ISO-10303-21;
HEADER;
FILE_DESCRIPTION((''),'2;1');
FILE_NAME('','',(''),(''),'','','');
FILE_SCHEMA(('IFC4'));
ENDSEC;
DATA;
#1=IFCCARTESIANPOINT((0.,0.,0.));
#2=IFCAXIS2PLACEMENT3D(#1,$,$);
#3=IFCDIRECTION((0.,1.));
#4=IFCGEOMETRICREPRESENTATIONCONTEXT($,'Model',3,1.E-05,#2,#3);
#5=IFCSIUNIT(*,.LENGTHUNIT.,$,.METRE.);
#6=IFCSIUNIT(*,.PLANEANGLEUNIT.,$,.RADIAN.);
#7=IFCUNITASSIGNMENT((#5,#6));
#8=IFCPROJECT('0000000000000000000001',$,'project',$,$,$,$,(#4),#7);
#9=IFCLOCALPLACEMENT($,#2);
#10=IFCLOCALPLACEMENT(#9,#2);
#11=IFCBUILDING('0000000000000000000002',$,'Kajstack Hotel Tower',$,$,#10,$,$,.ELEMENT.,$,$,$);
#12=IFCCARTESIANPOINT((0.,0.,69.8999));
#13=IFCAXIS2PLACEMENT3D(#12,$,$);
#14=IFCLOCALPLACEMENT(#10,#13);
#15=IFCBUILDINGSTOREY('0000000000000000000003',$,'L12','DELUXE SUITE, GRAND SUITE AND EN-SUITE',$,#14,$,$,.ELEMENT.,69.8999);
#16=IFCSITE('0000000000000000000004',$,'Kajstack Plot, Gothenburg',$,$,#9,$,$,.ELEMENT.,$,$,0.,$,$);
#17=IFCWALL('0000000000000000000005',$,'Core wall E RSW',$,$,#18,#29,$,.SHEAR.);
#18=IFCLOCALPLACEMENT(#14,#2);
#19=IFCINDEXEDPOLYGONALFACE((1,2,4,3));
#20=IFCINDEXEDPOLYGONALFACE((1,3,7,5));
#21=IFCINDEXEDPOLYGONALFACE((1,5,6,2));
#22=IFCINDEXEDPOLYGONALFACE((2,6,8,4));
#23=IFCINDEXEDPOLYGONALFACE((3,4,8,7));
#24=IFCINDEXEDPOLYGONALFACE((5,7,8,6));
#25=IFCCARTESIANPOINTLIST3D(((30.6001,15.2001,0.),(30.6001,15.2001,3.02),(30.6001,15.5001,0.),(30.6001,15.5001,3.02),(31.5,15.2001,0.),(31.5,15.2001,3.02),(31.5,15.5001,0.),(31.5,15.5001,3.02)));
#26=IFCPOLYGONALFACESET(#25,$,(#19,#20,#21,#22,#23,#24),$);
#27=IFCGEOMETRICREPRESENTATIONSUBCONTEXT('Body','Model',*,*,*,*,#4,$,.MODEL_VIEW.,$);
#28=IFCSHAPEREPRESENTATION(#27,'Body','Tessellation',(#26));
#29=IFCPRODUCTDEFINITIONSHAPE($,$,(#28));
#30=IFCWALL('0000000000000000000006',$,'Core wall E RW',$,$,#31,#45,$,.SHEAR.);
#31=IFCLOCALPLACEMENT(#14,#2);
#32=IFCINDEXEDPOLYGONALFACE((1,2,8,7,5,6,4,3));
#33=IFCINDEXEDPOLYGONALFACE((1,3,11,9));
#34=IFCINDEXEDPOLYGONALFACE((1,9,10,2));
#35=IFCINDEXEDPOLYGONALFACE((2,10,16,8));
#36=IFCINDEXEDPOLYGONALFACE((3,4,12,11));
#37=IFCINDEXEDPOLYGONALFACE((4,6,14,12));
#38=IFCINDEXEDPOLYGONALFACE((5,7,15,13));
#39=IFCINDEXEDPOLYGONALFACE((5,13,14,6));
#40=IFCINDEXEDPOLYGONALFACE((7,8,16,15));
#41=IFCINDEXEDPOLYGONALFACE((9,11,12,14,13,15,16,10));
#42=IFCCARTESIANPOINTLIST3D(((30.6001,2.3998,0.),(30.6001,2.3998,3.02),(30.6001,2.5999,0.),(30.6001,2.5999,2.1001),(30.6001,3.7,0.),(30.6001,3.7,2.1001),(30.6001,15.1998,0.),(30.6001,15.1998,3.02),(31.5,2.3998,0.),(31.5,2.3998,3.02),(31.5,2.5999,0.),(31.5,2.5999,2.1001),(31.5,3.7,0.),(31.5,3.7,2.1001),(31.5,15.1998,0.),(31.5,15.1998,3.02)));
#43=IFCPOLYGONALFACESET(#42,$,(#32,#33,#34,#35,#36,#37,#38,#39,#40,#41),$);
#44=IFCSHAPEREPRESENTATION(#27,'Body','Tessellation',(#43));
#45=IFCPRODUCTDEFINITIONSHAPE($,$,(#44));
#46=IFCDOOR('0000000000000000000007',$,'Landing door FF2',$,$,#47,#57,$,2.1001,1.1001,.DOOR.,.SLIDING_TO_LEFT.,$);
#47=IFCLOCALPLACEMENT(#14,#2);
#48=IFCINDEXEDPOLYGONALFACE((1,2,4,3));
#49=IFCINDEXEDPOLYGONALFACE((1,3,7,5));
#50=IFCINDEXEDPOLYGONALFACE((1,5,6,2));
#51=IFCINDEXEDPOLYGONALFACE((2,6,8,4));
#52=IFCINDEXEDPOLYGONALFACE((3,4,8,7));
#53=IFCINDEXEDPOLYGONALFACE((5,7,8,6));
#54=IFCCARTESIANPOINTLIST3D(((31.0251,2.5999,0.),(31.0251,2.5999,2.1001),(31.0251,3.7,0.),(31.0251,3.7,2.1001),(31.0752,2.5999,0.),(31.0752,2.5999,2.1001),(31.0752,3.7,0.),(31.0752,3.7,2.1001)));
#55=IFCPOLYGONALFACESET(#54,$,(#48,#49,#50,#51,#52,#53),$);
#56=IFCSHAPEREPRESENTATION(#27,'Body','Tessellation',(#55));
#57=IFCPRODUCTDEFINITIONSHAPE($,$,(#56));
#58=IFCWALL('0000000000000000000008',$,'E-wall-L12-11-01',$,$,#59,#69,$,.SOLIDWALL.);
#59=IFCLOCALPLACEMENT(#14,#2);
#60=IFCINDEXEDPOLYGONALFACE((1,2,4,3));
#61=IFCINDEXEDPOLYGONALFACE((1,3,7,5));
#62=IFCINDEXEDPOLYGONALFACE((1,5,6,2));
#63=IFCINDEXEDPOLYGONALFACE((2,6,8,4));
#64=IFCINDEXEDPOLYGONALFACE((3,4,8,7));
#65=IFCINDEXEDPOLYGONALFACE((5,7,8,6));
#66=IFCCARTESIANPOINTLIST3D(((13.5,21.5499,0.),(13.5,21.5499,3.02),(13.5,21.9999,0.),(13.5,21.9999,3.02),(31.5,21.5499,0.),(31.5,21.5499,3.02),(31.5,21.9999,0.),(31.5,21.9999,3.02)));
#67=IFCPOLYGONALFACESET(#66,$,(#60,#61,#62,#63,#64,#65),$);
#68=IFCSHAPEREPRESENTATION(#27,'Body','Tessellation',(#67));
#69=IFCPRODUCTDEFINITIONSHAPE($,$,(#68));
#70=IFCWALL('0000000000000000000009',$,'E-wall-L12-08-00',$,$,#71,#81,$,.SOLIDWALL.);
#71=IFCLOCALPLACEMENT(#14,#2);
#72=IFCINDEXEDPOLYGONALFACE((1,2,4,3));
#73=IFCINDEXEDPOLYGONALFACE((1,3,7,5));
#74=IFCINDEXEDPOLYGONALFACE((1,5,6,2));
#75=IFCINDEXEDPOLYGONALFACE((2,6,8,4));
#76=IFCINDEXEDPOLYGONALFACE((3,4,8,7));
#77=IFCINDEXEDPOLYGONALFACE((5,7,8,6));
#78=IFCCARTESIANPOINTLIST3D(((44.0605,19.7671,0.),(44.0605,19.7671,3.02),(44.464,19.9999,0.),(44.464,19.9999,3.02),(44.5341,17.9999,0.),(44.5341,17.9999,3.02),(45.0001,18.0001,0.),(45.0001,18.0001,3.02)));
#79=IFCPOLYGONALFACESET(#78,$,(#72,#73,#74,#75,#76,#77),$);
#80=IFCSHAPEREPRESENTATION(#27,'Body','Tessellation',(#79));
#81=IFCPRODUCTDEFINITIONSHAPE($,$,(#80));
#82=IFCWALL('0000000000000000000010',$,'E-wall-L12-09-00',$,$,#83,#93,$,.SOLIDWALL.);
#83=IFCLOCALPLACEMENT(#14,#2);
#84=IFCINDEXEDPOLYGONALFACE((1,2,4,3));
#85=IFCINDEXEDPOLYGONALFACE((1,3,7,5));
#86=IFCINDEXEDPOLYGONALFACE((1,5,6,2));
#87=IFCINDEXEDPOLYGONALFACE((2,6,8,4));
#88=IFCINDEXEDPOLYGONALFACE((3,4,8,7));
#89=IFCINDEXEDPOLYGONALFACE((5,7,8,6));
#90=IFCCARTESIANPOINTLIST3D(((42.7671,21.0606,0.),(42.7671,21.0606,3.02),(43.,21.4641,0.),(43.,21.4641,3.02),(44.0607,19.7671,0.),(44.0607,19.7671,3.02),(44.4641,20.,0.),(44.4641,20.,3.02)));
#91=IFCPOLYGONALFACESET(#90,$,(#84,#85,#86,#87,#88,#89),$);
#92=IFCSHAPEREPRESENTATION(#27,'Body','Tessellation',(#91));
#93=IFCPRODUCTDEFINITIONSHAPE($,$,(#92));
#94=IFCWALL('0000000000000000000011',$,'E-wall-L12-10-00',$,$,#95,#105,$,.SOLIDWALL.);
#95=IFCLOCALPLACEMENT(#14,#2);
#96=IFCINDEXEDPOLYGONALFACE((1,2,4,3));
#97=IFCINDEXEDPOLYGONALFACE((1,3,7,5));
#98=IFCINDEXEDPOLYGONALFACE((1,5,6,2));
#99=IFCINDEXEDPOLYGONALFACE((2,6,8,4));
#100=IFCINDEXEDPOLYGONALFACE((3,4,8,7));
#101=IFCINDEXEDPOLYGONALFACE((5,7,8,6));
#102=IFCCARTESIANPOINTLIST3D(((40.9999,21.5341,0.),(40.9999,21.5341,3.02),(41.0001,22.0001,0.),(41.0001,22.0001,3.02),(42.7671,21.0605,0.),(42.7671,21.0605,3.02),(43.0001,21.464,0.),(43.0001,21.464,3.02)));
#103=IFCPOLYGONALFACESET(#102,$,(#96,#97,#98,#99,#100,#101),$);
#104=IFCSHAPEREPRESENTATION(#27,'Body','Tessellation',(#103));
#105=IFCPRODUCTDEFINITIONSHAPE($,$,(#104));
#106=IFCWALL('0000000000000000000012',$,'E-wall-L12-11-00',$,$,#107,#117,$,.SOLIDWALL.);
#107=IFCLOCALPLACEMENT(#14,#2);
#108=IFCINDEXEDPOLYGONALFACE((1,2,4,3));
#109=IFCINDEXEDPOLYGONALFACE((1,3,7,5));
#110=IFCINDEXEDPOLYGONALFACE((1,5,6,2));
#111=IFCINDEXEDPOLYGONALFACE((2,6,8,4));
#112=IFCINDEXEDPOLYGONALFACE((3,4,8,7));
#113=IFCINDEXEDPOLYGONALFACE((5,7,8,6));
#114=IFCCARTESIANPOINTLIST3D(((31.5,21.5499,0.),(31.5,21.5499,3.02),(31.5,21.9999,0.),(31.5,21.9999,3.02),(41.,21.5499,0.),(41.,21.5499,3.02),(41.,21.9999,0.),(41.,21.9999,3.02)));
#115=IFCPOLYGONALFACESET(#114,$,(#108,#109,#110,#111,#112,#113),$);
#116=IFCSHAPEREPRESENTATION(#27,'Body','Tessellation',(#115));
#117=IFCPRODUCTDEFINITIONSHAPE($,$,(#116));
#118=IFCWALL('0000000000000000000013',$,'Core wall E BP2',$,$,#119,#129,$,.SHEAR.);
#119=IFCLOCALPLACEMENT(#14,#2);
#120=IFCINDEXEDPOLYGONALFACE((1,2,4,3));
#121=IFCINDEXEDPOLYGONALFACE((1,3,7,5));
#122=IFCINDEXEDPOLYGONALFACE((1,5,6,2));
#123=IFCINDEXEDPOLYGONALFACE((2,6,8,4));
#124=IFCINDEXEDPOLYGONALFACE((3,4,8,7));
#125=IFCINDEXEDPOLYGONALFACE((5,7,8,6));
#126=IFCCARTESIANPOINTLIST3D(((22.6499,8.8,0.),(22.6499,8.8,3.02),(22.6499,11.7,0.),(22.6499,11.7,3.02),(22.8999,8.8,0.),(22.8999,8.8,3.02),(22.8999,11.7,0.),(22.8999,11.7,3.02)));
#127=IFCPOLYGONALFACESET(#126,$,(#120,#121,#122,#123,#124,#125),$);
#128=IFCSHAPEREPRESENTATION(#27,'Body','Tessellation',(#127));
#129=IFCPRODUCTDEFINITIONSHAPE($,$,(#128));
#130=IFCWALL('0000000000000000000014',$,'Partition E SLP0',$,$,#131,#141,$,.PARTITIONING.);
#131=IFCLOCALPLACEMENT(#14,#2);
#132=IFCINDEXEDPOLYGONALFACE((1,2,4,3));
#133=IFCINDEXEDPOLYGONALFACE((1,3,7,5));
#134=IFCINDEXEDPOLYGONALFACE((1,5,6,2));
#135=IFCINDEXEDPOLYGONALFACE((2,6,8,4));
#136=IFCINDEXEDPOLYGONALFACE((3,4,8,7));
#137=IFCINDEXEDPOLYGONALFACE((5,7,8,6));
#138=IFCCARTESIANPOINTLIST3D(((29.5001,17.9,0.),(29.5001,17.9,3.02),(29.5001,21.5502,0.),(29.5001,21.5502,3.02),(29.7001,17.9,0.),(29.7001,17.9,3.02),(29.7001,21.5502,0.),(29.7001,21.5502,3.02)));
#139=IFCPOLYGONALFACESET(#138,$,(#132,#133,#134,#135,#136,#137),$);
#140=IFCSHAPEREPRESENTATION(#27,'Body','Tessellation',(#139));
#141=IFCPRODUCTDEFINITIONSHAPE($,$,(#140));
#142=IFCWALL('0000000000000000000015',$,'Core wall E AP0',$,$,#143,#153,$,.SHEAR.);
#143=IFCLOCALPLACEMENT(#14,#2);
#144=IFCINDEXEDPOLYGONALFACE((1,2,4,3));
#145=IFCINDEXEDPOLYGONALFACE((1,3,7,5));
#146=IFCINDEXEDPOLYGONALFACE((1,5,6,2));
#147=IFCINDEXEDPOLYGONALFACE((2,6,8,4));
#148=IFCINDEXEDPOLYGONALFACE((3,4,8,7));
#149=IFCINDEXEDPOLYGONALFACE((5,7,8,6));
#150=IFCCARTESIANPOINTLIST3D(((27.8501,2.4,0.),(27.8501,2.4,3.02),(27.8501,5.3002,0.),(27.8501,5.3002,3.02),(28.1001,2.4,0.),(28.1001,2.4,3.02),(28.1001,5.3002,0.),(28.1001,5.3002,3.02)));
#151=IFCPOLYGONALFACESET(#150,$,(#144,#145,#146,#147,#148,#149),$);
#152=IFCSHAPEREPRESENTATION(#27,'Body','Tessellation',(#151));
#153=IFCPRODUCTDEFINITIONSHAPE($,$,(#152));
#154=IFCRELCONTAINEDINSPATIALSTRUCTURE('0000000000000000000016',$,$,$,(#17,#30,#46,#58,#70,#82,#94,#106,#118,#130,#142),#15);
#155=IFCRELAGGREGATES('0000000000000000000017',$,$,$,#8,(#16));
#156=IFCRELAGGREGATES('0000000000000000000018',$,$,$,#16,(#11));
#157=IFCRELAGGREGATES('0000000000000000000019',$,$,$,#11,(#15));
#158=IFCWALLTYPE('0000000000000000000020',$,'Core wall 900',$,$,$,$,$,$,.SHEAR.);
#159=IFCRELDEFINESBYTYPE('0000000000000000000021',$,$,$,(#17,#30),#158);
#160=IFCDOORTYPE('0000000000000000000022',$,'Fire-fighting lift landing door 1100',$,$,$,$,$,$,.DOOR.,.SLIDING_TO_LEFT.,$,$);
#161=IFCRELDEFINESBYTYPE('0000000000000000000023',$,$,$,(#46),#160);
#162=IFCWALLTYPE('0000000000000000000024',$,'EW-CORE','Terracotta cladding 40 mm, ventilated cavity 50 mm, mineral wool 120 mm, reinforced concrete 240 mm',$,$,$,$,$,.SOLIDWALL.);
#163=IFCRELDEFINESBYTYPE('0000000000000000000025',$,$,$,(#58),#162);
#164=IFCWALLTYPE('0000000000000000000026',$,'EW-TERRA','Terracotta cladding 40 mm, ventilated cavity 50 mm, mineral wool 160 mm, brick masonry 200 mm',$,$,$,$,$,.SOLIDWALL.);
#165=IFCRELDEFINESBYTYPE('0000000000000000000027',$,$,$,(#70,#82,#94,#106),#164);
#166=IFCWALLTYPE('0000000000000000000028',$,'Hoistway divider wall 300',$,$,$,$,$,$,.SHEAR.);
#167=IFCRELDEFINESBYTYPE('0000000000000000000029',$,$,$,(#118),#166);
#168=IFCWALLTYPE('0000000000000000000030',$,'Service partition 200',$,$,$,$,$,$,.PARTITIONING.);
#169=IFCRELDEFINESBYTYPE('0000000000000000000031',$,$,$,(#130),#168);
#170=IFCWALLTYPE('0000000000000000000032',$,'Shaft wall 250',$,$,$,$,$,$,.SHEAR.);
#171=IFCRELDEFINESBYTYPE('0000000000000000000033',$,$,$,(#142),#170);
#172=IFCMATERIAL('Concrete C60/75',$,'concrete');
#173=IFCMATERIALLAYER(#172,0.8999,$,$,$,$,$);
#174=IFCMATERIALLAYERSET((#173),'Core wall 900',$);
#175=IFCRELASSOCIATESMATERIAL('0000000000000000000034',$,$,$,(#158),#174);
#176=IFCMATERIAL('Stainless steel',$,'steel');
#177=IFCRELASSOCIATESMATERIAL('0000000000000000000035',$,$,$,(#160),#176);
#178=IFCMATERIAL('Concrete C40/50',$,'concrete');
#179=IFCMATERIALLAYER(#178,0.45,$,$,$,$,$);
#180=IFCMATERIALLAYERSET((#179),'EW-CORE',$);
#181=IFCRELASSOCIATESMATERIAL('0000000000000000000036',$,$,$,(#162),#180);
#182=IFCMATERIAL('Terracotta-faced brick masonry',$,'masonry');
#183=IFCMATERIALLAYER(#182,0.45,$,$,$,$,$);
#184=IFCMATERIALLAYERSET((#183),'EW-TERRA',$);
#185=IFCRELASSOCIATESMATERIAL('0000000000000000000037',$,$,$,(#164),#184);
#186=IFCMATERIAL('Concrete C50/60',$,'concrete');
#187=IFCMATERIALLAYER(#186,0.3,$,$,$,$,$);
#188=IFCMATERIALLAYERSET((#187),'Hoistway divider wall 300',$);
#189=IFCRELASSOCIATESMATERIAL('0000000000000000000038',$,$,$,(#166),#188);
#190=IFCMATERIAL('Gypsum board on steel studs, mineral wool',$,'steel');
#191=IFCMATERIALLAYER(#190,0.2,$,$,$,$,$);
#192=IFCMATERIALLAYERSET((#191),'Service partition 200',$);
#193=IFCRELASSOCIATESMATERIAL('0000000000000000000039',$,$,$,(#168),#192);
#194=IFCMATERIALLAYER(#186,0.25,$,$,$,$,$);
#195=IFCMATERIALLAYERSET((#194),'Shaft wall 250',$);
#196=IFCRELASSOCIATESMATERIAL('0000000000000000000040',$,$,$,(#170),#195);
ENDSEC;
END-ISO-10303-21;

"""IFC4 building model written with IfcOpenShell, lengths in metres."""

from ifc_helpers import new_model, si_unit, direction, frame, frame_2d, origin, place, context, subcontext, project, spatial, polyline, rectangle, outline, extrude, material, layer, layer_set, type_object, element, fill, save


model = new_model("IFC4")

# Units and contexts
model_context = context("Model", 3, precision=1e-05, world=origin(), true_north=direction((0.0, 1.0)))
body_context = subcontext(model_context, "Body", "Model", "MODEL_VIEW")
ifc_project = project(units=[si_unit("LENGTHUNIT", "METRE"), si_unit("PLANEANGLEUNIT", "RADIAN")], contexts=[model_context])

# Site, building, storey
site_placement = place(None, origin())
site = spatial("IfcSite", under=ifc_project, at=site_placement, Name="Kajstack Plot, Gothenburg", CompositionType="ELEMENT", RefElevation=0.0)
building_placement = place(site_placement, origin())
building = spatial("IfcBuilding", under=site, at=building_placement, Name="Kajstack Hotel Tower", CompositionType="ELEMENT")
storey_placement = place(building_placement, frame((0.0, 0.0, 69.8999)))
storey = spatial("IfcBuildingStorey", under=building, at=storey_placement, Name="L12", Description="DELUXE SUITE, GRAND SUITE AND EN-SUITE", CompositionType="ELEMENT", Elevation=69.8999)

# Wall
ifc_material_1 = material(Name="Concrete C60/75", Category="concrete")
ifc_layer_1 = layer(ifc_material_1, 0.8999)
ifc_layer_set_1 = layer_set([ifc_layer_1], Name="Core wall 900")
wall_type_1 = type_object("IfcWallType", Name="Core wall 900", PredefinedType="SHEAR", material=ifc_layer_set_1)
wall_1_placement = place(storey_placement, frame((30.6001, 15.3501, 0.0), z_axis=(0.0, 0.0, 1.0), x_axis=(1.0, 0.0, 0.0)))
element("IfcWall", 1, at=wall_1_placement, inside=storey, type_object=wall_type_1, Name="Core wall E RSW", PredefinedType="SHEAR", context=body_context, shape_type="SweptSolid", body=[
    extrude(rectangle(XDim=0.8999, YDim=0.3, at=frame_2d((0.45, 0.0))), origin(), (0.0, 0.0, 1.0), 3.02),
])

# Wall, opening, door
wall_2_placement = place(storey_placement, frame((31.05, 2.3999, 0.0), z_axis=(0.0, 0.0, 1.0), x_axis=(0.0, 1.0, 0.0)))
wall_2 = element("IfcWall", 2, at=wall_2_placement, inside=storey, type_object=wall_type_1, Name="Core wall E RW", PredefinedType="SHEAR", context=body_context, shape_type="SweptSolid", body=[
    extrude(rectangle(XDim=12.8, YDim=0.8999, at=frame_2d((6.3999, 0.0))), origin(), (0.0, 0.0, 1.0), 3.02),
])
opening_1_placement = place(wall_2_placement, frame((0.2, 0.0, 0.0)))
opening_1 = element("IfcOpeningElement", 3, at=opening_1_placement, cuts=wall_2, PredefinedType="OPENING", context=body_context, shape_type="SweptSolid", body=[
    extrude(rectangle(XDim=1.1001, YDim=2.1001, at=frame_2d((0.55, 1.05))), frame((0.0, 0.46, 0.0), z_axis=(0.0, -1.0, 0.0), x_axis=(1.0, 0.0, 0.0)), (0.0, 0.0, 1.0), 0.9199),
])
ifc_material_2 = material(Name="Stainless steel", Category="steel")
door_type_1 = type_object("IfcDoorType", Name="Fire-fighting lift landing door 1100", OperationType="SLIDING_TO_LEFT", PredefinedType="DOOR", material=ifc_material_2)
door_1_placement = place(opening_1_placement, origin())
door_1 = element("IfcDoor", 4, at=door_1_placement, inside=storey, type_object=door_type_1, Name="Landing door FF2", OperationType="SLIDING_TO_LEFT", OverallHeight=2.1001, OverallWidth=1.1001, PredefinedType="DOOR", context=body_context, shape_type="SweptSolid", body=[
    extrude(rectangle(XDim=1.1001, YDim=2.1001, at=frame_2d((0.55, 1.05))), frame((0.0, 0.0249, 0.0), z_axis=(0.0, -1.0, 0.0), x_axis=(1.0, 0.0, 0.0)), (0.0, 0.0, 1.0), 0.05),
])
fill(opening_1, door_1)

# Walls
ifc_material_3 = material(Name="Concrete C40/50", Category="concrete")
ifc_layer_2 = layer(ifc_material_3, 0.45)
ifc_layer_set_2 = layer_set([ifc_layer_2], Name="EW-CORE")
wall_type_2 = type_object("IfcWallType", Name="EW-CORE", Description="Terracotta cladding 40 mm, ventilated cavity 50 mm, mineral wool 120 mm, reinforced concrete 240 mm", PredefinedType="SOLIDWALL", material=ifc_layer_set_2)
wall_3_placement = place(storey_placement, frame((31.5, 21.7749, 0.0), z_axis=(0.0, 0.0, 1.0), x_axis=(-1.0, 0.0, 0.0)))
element("IfcWall", 5, at=wall_3_placement, inside=storey, type_object=wall_type_2, Name="E-wall-L12-11-01", PredefinedType="SOLIDWALL", context=body_context, shape_type="SweptSolid", body=[
    extrude(rectangle(XDim=18.0, YDim=0.45, at=frame_2d((9.0, 0.0))), origin(), (0.0, 0.0, 1.0), 3.02),
])
ifc_material_4 = material(Name="Terracotta-faced brick masonry", Category="masonry")
ifc_layer_3 = layer(ifc_material_4, 0.45)
ifc_layer_set_3 = layer_set([ifc_layer_3], Name="EW-TERRA")
wall_type_3 = type_object("IfcWallType", Name="EW-TERRA", Description="Terracotta cladding 40 mm, ventilated cavity 50 mm, mineral wool 160 mm, brick masonry 200 mm", PredefinedType="SOLIDWALL", material=ifc_layer_set_3)
wall_4_placement = place(storey_placement, frame((44.7827, 17.9417, 0.0), z_axis=(0.0, 0.0, 1.0), x_axis=(-0.258815, 0.965927, 0.0)))
element("IfcWall", 6, at=wall_4_placement, inside=storey, type_object=wall_type_3, Name="E-wall-L12-08-00", PredefinedType="SOLIDWALL", context=body_context, shape_type="SweptSolid", body=[
    extrude(outline(polyline([(0.0002, -0.2251), (2.0706, -0.2249), (1.9502, 0.2251), (0.1206, 0.2251), (0.0002, -0.2251)])), origin(), (0.0, 0.0, 1.0), 3.02),
])
wall_5_placement = place(storey_placement, frame((44.3049, 19.8408, 0.0), z_axis=(0.0, 0.0, 1.0), x_axis=(-0.707107, 0.707107, 0.0)))
element("IfcWall", 7, at=wall_5_placement, inside=storey, type_object=wall_type_3, Name="E-wall-L12-09-00", PredefinedType="SOLIDWALL", context=body_context, shape_type="SweptSolid", body=[
    extrude(outline(polyline([(0.0, -0.2251), (2.0706, -0.2251), (1.95, 0.2249), (0.1206, 0.2249), (0.0, -0.2251)])), origin(), (0.0, 0.0, 1.0), 3.02),
])
wall_6_placement = place(storey_placement, frame((42.9417, 21.2468, 0.0), z_axis=(0.0, 0.0, 1.0), x_axis=(-0.965927, 0.258815, 0.0)))
element("IfcWall", 8, at=wall_6_placement, inside=storey, type_object=wall_type_3, Name="E-wall-L12-10-00", PredefinedType="SOLIDWALL", context=body_context, shape_type="SweptSolid", body=[
    extrude(outline(polyline([(-0.0002, -0.2249), (2.0703, -0.2251), (1.95, 0.2251), (0.1204, 0.2251), (-0.0002, -0.2249)])), origin(), (0.0, 0.0, 1.0), 3.02),
])
wall_7_placement = place(storey_placement, frame((41.0, 21.7749, 0.0), z_axis=(0.0, 0.0, 1.0), x_axis=(-1.0, 0.0, 0.0)))
element("IfcWall", 9, at=wall_7_placement, inside=storey, type_object=wall_type_3, Name="E-wall-L12-11-00", PredefinedType="SOLIDWALL", context=body_context, shape_type="SweptSolid", body=[
    extrude(rectangle(XDim=9.5, YDim=0.45, at=frame_2d((4.75, 0.0))), origin(), (0.0, 0.0, 1.0), 3.02),
])
ifc_material_5 = material(Name="Concrete C50/60", Category="concrete")
ifc_layer_4 = layer(ifc_material_5, 0.3)
ifc_layer_set_4 = layer_set([ifc_layer_4], Name="Hoistway divider wall 300")
wall_type_4 = type_object("IfcWallType", Name="Hoistway divider wall 300", PredefinedType="SHEAR", material=ifc_layer_set_4)
wall_8_placement = place(storey_placement, frame((22.7749, 8.8, 0.0), z_axis=(0.0, 0.0, 1.0), x_axis=(0.0, 1.0, 0.0)))
element("IfcWall", 10, at=wall_8_placement, inside=storey, type_object=wall_type_4, Name="Core wall E BP2", PredefinedType="SHEAR", context=body_context, shape_type="SweptSolid", body=[
    extrude(rectangle(XDim=2.8999, YDim=0.25, at=frame_2d((1.45, 0.0))), origin(), (0.0, 0.0, 1.0), 3.02),
])
ifc_material_6 = material(Name="Gypsum board on steel studs, mineral wool", Category="steel")
ifc_layer_5 = layer(ifc_material_6, 0.2)
ifc_layer_set_5 = layer_set([ifc_layer_5], Name="Service partition 200")
wall_type_5 = type_object("IfcWallType", Name="Service partition 200", PredefinedType="PARTITIONING", material=ifc_layer_set_5)
wall_9_placement = place(storey_placement, frame((29.6001, 17.8999, 0.0), z_axis=(0.0, 0.0, 1.0), x_axis=(0.0, 1.0, 0.0)))
element("IfcWall", 11, at=wall_9_placement, inside=storey, type_object=wall_type_5, Name="Partition E SLP0", PredefinedType="PARTITIONING", context=body_context, shape_type="SweptSolid", body=[
    extrude(rectangle(XDim=3.6501, YDim=0.2, at=frame_2d((1.8252, 0.0))), origin(), (0.0, 0.0, 1.0), 3.02),
])
ifc_layer_6 = layer(ifc_material_5, 0.25)
ifc_layer_set_6 = layer_set([ifc_layer_6], Name="Shaft wall 250")
wall_type_6 = type_object("IfcWallType", Name="Shaft wall 250", PredefinedType="SHEAR", material=ifc_layer_set_6)
wall_10_placement = place(storey_placement, frame((27.9751, 2.3999, 0.0), z_axis=(0.0, 0.0, 1.0), x_axis=(0.0, 1.0, 0.0)))
element("IfcWall", 12, at=wall_10_placement, inside=storey, type_object=wall_type_6, Name="Core wall E AP0", PredefinedType="SHEAR", context=body_context, shape_type="SweptSolid", body=[
    extrude(rectangle(XDim=2.9001, YDim=0.25, at=frame_2d((1.4502, 0.0))), origin(), (0.0, 0.0, 1.0), 3.02),
])

save(model, "model.ifc")
